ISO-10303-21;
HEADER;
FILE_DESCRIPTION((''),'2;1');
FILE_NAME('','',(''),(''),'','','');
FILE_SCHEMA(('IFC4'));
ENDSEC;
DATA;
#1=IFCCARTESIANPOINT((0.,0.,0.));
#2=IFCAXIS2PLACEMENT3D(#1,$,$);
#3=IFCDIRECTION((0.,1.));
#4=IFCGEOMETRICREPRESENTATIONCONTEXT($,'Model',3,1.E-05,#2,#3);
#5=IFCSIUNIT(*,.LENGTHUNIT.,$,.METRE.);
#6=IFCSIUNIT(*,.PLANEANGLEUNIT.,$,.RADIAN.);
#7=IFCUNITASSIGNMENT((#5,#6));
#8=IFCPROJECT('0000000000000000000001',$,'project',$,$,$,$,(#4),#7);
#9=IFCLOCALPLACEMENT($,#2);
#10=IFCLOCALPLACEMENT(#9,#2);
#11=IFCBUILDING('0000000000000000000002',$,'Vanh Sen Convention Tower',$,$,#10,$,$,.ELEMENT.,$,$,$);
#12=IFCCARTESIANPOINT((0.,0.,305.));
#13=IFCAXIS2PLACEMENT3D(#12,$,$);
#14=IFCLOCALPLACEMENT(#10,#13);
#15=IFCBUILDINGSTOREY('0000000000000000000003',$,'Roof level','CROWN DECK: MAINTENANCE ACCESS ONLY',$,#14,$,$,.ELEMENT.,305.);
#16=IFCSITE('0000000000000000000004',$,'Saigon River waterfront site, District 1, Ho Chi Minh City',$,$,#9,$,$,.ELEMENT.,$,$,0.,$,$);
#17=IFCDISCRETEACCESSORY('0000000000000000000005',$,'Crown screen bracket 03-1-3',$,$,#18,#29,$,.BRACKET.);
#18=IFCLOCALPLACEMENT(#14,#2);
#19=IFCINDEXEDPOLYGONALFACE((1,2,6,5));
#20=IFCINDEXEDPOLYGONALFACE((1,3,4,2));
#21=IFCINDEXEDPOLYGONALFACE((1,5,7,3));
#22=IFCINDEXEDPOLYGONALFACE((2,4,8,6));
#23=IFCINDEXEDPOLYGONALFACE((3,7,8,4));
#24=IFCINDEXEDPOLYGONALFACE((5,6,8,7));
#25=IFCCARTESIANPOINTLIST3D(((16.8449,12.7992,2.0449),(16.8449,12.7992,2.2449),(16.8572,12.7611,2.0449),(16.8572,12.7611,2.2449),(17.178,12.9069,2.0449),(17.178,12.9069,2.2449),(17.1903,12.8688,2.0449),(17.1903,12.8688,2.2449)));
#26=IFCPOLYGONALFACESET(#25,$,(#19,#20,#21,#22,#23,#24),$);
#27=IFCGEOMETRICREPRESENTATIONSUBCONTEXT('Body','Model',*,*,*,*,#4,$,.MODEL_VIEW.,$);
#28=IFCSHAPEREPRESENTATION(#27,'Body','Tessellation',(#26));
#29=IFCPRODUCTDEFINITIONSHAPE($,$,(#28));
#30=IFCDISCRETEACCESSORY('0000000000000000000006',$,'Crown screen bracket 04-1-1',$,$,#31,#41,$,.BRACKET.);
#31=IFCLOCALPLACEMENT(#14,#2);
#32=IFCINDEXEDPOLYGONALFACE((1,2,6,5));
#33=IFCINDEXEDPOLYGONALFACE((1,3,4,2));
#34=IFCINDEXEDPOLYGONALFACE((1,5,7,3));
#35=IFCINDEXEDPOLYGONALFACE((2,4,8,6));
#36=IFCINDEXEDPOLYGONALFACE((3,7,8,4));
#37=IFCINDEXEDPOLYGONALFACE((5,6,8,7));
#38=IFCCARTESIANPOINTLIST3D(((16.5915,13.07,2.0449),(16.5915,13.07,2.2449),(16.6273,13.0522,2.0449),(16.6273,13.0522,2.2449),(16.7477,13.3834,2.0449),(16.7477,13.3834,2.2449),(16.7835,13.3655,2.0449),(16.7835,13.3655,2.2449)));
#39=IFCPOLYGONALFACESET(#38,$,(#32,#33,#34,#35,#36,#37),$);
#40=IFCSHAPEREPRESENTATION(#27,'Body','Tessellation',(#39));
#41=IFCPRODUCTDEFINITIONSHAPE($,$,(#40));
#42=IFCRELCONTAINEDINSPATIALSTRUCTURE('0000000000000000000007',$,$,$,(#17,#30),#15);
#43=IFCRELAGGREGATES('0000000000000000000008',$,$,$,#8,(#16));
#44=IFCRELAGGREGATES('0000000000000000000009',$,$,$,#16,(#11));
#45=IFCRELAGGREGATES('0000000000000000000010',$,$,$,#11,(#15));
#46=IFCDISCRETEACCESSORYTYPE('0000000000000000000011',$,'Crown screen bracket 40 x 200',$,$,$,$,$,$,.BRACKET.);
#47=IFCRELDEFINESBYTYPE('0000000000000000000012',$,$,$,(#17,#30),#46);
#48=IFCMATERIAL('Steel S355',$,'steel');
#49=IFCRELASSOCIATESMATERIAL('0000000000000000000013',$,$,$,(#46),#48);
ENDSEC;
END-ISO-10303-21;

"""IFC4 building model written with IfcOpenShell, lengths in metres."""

from ifc_helpers import new_model, si_unit, direction, frame, origin, origin_2d, place, context, subcontext, project, spatial, rectangle, extrude, material, type_object, element, save


model = new_model("IFC4")

# Units and contexts
model_context = context("Model", 3, precision=1e-05, world=origin(), true_north=direction((0.0, 1.0)))
body_context = subcontext(model_context, "Body", "Model", "MODEL_VIEW")
ifc_project = project(units=[si_unit("LENGTHUNIT", "METRE"), si_unit("PLANEANGLEUNIT", "RADIAN")], contexts=[model_context])

# Site, building, storey
site_placement = place(None, origin())
site = spatial("IfcSite", under=ifc_project, at=site_placement, Name="Saigon River waterfront site, District 1, Ho Chi Minh City", CompositionType="ELEMENT", RefElevation=0.0)
building_placement = place(site_placement, origin())
building = spatial("IfcBuilding", under=site, at=building_placement, Name="Vanh Sen Convention Tower", CompositionType="ELEMENT")
storey_placement = place(building_placement, frame((0.0, 0.0, 305.0)))
storey = spatial("IfcBuildingStorey", under=building, at=storey_placement, Name="Roof level", Description="CROWN DECK: MAINTENANCE ACCESS ONLY", CompositionType="ELEMENT", Elevation=305.0)

# Discrete accessories
ifc_material_1 = material(Name="Steel S355", Category="steel")
discrete_accessory_type_1 = type_object("IfcDiscreteAccessoryType", Name="Crown screen bracket 40 x 200", PredefinedType="BRACKET", material=ifc_material_1)
for number, where, z_axis, x_axis, name in (
    (1, (17.0176, 12.834, 2.0449), (0.0, 0.0, 1.0), (0.951473, 0.307734, 0.0), "Crown screen bracket 03-1-3"),
    (2, (16.6875, 13.2178, 2.0449), (0.0, 0.0, 1.0), (0.446204, 0.894931, 0.0), "Crown screen bracket 04-1-1"),
):
    element("IfcDiscreteAccessory", number, at=place(storey_placement, frame(where, z_axis=z_axis, x_axis=x_axis)), inside=storey, type_object=discrete_accessory_type_1, Name=name, PredefinedType="BRACKET", context=body_context, shape_type="SweptSolid", body=[
        extrude(rectangle(XDim=0.3501, YDim=0.04, at=origin_2d()), origin(), (0.0, 0.0, 1.0), 0.2),
    ])

save(model, "model.ifc")
